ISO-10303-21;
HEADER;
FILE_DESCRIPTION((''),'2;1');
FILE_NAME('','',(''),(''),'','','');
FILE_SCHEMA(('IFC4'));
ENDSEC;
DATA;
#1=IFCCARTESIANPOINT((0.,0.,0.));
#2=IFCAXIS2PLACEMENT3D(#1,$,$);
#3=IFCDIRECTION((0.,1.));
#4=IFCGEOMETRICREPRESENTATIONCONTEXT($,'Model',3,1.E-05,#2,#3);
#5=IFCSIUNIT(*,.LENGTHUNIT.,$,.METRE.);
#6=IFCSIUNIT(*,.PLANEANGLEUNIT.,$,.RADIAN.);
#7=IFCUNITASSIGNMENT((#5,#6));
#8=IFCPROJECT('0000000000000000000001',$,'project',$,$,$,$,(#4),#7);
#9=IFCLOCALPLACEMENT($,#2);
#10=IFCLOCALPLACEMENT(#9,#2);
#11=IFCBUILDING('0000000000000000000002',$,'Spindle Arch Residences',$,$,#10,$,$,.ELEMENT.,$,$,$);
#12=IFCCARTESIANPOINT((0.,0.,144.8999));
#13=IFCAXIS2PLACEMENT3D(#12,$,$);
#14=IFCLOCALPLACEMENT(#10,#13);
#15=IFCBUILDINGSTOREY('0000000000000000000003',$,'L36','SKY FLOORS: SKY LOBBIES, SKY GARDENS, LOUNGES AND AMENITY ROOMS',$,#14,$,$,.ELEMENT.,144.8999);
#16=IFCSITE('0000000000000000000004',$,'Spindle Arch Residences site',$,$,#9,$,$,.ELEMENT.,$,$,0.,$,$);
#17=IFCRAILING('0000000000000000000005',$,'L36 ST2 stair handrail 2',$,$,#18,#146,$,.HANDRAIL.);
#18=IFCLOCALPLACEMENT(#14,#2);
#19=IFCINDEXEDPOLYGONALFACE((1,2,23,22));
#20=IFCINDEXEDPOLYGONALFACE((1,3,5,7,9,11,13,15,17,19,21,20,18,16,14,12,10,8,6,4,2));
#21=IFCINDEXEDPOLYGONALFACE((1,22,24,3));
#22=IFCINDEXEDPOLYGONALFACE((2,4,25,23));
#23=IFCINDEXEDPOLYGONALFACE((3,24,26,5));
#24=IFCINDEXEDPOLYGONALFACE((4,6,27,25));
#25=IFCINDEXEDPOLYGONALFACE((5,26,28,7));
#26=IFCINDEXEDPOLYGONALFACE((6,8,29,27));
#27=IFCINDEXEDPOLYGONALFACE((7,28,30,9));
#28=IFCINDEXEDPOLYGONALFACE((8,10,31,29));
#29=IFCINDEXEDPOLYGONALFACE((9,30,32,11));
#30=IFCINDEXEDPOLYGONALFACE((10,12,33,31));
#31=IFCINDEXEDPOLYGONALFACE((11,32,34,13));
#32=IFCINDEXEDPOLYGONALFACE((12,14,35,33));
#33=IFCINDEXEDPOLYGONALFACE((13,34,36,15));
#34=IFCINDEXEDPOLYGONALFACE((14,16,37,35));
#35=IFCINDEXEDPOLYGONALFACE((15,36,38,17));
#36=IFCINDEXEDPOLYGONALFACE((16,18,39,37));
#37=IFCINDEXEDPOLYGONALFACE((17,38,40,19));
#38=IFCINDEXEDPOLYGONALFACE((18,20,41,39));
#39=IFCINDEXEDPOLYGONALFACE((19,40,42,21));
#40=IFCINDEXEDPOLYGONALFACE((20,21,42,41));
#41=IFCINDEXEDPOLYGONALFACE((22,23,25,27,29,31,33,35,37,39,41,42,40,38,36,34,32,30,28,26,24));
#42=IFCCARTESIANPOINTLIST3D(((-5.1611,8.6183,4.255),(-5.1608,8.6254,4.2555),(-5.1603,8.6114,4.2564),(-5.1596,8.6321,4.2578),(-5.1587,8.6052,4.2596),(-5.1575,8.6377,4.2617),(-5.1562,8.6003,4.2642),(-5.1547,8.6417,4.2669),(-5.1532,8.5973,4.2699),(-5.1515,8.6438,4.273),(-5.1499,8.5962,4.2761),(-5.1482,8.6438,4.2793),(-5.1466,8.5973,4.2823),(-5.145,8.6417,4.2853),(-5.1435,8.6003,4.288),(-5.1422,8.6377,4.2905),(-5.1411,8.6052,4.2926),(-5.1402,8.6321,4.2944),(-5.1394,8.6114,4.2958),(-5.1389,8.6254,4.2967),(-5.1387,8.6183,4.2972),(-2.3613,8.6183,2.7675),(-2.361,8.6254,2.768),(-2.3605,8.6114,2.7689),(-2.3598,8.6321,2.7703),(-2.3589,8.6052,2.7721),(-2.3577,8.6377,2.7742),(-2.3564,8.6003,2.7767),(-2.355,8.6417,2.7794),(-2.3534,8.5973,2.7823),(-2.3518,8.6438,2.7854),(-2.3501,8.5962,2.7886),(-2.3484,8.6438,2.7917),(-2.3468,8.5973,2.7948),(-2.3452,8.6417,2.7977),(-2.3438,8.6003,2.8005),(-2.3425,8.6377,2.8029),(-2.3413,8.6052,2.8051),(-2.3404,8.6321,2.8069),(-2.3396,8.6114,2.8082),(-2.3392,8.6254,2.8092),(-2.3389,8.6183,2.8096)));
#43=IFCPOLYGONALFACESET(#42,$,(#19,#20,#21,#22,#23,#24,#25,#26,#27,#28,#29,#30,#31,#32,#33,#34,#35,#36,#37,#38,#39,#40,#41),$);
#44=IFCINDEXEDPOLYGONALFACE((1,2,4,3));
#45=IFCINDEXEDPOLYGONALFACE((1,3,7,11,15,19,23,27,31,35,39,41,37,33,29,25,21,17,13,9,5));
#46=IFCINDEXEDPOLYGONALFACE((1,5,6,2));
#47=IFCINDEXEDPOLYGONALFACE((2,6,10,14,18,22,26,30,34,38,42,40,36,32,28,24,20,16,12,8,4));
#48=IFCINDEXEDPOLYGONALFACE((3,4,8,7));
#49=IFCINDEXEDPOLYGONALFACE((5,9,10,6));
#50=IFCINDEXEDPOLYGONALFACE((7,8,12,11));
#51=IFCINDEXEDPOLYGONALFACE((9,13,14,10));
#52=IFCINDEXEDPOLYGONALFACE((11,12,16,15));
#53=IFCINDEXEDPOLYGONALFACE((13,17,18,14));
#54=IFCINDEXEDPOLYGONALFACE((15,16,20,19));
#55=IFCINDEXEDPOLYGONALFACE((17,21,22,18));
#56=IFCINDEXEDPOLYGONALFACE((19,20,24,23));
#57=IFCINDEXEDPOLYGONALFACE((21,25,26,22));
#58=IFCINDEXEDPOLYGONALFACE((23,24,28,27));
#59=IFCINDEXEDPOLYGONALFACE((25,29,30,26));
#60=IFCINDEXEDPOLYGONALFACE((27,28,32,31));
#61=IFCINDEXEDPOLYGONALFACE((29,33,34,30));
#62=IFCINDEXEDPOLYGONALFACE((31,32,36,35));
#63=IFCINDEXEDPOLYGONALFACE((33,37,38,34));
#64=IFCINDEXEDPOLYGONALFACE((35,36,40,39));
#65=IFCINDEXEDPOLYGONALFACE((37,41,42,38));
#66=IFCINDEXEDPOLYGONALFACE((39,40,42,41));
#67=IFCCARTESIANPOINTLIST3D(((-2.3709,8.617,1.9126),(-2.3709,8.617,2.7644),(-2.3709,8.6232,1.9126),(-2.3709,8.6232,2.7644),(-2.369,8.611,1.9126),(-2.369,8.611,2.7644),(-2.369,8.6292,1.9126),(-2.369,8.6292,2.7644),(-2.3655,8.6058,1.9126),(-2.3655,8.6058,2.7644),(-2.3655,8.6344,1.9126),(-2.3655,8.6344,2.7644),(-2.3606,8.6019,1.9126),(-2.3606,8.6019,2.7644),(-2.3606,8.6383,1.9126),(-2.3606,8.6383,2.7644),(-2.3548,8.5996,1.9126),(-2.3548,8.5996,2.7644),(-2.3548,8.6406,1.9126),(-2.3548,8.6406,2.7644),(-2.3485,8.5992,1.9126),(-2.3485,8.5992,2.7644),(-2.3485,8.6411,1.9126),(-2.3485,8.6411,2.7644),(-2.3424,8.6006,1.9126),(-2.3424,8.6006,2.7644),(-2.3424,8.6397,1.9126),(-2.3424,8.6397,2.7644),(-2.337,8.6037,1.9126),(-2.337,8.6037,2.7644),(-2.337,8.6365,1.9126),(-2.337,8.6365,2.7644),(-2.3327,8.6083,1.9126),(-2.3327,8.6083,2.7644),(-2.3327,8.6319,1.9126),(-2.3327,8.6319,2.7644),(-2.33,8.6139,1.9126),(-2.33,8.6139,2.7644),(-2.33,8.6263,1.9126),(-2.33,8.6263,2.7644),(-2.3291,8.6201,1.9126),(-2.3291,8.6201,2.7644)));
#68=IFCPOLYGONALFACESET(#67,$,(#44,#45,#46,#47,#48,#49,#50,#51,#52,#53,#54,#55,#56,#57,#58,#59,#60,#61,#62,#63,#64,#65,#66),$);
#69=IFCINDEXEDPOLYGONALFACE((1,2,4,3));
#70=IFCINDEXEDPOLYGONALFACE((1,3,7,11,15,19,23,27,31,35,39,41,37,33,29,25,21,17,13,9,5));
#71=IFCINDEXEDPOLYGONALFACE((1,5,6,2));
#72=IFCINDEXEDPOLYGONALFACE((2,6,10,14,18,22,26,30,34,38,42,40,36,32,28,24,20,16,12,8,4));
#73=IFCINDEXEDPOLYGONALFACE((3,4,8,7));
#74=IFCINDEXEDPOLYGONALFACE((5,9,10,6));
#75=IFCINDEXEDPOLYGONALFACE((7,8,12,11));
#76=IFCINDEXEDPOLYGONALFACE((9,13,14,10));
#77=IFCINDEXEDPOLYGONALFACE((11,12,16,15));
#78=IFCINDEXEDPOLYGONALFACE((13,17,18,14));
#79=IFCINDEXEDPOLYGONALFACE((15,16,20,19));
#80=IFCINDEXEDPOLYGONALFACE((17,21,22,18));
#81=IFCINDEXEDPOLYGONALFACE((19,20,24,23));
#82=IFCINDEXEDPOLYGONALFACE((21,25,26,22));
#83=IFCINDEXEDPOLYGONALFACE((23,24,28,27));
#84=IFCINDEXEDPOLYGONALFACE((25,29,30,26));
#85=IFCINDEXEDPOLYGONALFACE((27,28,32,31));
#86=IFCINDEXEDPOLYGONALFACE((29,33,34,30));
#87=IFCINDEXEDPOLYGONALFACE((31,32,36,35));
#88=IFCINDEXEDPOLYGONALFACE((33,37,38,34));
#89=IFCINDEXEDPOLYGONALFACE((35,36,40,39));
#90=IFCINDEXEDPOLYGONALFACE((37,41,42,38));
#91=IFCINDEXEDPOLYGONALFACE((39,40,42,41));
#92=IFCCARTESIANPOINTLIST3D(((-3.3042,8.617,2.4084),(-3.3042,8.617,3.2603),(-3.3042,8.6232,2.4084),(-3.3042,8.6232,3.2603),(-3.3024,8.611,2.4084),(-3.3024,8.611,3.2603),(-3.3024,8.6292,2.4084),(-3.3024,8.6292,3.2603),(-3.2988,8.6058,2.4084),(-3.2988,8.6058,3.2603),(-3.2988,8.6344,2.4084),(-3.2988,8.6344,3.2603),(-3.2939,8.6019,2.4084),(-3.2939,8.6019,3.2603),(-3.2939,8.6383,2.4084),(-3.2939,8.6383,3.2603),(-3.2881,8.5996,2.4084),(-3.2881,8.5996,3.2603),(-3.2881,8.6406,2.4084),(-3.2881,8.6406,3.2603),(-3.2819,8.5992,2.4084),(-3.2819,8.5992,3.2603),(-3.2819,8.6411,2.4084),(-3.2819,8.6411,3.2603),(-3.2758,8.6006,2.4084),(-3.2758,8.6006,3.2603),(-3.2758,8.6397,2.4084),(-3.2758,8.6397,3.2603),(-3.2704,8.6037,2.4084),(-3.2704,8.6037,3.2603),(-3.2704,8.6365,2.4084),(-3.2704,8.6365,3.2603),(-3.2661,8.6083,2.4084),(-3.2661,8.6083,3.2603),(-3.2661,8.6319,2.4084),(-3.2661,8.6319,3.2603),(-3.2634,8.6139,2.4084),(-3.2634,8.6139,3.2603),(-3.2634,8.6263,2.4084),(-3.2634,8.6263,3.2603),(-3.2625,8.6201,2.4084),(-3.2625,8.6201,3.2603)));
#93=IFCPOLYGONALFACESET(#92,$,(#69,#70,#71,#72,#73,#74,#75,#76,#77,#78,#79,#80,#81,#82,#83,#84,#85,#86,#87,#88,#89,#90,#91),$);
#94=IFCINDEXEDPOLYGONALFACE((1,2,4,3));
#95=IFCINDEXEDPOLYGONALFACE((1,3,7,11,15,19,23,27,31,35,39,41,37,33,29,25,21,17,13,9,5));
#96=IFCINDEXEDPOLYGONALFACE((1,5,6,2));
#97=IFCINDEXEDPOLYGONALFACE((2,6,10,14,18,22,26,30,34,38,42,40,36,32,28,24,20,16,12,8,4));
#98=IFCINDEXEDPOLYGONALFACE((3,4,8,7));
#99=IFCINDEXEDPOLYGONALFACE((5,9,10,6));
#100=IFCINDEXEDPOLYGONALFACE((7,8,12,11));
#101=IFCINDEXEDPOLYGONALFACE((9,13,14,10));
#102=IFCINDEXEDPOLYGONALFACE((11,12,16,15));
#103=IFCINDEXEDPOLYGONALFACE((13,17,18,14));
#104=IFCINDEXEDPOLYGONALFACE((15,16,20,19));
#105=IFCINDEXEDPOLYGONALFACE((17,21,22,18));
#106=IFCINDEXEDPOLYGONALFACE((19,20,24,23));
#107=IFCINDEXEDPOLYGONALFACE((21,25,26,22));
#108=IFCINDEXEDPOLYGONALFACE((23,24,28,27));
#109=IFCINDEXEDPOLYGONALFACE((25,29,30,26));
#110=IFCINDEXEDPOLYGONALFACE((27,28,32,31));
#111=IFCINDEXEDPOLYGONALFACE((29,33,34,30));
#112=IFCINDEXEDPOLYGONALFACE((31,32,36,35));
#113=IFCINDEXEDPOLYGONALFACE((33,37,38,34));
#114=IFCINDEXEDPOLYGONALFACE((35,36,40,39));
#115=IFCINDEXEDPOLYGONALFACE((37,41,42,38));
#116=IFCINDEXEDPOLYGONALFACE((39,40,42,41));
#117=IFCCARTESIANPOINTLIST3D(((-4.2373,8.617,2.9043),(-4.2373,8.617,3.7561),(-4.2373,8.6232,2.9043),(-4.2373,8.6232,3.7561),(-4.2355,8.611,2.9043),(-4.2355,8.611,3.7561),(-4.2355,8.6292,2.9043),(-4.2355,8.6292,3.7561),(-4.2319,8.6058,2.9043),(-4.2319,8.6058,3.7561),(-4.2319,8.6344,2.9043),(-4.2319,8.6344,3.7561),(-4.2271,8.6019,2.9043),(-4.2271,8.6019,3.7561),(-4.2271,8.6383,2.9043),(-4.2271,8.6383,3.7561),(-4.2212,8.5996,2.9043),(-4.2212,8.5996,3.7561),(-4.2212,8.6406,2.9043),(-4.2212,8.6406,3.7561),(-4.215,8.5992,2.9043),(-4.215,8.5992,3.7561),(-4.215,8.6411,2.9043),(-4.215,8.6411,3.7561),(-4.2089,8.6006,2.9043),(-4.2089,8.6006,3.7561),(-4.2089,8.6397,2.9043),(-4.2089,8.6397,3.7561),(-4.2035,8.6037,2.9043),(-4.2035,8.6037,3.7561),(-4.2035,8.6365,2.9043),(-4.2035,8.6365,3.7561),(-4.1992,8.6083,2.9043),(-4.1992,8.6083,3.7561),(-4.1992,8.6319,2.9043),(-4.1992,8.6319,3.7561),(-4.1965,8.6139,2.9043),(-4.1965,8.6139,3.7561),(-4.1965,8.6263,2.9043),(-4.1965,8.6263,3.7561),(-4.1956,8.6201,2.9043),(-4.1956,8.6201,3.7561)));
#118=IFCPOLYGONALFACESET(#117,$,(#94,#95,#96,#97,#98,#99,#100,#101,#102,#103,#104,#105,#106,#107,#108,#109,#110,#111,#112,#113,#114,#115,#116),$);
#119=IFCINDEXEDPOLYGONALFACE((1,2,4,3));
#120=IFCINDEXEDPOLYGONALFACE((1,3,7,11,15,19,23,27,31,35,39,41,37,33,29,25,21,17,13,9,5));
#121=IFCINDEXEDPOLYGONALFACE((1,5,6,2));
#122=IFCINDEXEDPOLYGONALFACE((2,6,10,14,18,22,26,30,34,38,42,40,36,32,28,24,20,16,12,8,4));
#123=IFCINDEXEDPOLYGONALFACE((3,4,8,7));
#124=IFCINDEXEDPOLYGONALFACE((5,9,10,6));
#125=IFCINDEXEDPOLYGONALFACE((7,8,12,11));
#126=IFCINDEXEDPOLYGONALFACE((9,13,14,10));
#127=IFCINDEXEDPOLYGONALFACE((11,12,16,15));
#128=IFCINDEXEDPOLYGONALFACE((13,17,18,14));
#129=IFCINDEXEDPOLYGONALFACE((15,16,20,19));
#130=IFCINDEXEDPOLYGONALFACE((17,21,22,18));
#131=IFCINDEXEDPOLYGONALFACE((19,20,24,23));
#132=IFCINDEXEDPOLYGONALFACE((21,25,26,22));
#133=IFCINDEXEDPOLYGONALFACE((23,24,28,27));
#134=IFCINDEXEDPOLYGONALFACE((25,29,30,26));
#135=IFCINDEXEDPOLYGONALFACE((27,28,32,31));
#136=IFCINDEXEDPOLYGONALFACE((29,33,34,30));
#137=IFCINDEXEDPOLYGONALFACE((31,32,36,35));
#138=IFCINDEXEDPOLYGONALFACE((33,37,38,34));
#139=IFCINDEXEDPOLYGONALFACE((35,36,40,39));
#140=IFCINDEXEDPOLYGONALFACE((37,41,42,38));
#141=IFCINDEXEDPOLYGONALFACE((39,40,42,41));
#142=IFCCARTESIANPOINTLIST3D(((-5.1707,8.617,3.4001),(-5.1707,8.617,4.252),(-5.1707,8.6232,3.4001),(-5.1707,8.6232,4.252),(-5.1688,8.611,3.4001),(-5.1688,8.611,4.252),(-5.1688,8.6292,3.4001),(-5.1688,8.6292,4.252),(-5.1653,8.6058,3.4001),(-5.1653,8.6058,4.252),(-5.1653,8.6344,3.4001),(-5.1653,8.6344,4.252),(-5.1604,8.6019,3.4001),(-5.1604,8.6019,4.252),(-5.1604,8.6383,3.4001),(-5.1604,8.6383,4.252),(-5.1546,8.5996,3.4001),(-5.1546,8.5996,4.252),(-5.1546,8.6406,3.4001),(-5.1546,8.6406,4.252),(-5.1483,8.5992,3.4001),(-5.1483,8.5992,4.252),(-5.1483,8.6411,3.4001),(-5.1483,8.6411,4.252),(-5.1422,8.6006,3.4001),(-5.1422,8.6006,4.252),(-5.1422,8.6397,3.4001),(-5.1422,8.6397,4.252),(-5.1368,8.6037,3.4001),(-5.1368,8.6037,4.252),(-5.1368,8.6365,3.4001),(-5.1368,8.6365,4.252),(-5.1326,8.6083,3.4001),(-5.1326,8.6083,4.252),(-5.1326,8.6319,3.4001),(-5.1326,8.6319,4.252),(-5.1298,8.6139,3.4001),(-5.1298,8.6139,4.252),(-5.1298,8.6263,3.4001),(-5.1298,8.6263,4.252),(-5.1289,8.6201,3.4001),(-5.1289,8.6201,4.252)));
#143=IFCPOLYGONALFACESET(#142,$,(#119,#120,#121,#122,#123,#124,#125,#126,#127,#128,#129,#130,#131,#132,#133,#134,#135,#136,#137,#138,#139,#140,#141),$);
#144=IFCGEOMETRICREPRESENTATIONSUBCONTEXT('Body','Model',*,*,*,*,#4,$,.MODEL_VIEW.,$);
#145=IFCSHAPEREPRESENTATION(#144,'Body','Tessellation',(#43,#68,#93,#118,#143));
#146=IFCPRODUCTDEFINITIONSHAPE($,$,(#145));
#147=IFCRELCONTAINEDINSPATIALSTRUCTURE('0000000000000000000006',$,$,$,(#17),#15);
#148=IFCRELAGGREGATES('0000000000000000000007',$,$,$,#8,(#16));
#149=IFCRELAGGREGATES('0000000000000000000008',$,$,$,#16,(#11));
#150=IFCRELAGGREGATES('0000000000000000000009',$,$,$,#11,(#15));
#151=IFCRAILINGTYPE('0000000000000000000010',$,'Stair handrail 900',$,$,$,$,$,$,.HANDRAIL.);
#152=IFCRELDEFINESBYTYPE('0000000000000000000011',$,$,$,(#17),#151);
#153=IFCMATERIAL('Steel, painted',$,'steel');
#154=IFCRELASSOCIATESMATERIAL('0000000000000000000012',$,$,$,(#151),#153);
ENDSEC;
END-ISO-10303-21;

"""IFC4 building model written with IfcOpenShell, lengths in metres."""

from ifc_helpers import new_model, si_unit, direction, frame, origin, origin_2d, place, context, subcontext, project, spatial, circle, extrude, material, type_object, element, save


model = new_model("IFC4")

# Units and contexts
model_context = context("Model", 3, precision=1e-05, world=origin(), true_north=direction((0.0, 1.0)))
body_context = subcontext(model_context, "Body", "Model", "MODEL_VIEW")
ifc_project = project(units=[si_unit("LENGTHUNIT", "METRE"), si_unit("PLANEANGLEUNIT", "RADIAN")], contexts=[model_context])

# Site, building, storey
site_placement = place(None, origin())
site = spatial("IfcSite", under=ifc_project, at=site_placement, Name="Spindle Arch Residences site", CompositionType="ELEMENT", RefElevation=0.0)
building_placement = place(site_placement, origin())
building = spatial("IfcBuilding", under=site, at=building_placement, Name="Spindle Arch Residences", CompositionType="ELEMENT")
storey_placement = place(building_placement, frame((0.0, 0.0, 144.8999)))
storey = spatial("IfcBuildingStorey", under=building, at=storey_placement, Name="L36", Description="SKY FLOORS: SKY LOBBIES, SKY GARDENS, LOUNGES AND AMENITY ROOMS", CompositionType="ELEMENT", Elevation=144.8999)

# Railing
ifc_material_1 = material(Name="Steel, painted", Category="steel")
railing_type_1 = type_object("IfcRailingType", Name="Stair handrail 900", PredefinedType="HANDRAIL", material=ifc_material_1)
railing_1_placement = place(storey_placement, frame((-2.3501, 8.6201, 1.9126)))
element("IfcRailing", 1, at=railing_1_placement, inside=storey, type_object=railing_type_1, Name="L36 ST2 stair handrail 2", PredefinedType="HANDRAIL", context=body_context, shape_type="SweptSolid", body=[
    extrude(circle(Radius=0.0239, at=origin_2d()), frame((0.0, 0.0, 0.876), z_axis=(-0.883096, 0.0, 0.469193), x_axis=(0.0, -1.0, 0.0)), (0.0, 0.0, 1.0), 3.1704),
    extrude(circle(Radius=0.021, at=origin_2d()), origin(), (0.0, 0.0, 1.0), 0.8518),
    extrude(circle(Radius=0.021, at=origin_2d()), frame((-0.9333, 0.0, 0.4958)), (0.0, 0.0, 1.0), 0.8518),
    extrude(circle(Radius=0.021, at=origin_2d()), frame((-1.8665, 0.0, 0.9917)), (0.0, 0.0, 1.0), 0.8518),
    extrude(circle(Radius=0.021, at=origin_2d()), frame((-2.7998, 0.0, 1.4875)), (0.0, 0.0, 1.0), 0.8518),
])

save(model, "model.ifc")
